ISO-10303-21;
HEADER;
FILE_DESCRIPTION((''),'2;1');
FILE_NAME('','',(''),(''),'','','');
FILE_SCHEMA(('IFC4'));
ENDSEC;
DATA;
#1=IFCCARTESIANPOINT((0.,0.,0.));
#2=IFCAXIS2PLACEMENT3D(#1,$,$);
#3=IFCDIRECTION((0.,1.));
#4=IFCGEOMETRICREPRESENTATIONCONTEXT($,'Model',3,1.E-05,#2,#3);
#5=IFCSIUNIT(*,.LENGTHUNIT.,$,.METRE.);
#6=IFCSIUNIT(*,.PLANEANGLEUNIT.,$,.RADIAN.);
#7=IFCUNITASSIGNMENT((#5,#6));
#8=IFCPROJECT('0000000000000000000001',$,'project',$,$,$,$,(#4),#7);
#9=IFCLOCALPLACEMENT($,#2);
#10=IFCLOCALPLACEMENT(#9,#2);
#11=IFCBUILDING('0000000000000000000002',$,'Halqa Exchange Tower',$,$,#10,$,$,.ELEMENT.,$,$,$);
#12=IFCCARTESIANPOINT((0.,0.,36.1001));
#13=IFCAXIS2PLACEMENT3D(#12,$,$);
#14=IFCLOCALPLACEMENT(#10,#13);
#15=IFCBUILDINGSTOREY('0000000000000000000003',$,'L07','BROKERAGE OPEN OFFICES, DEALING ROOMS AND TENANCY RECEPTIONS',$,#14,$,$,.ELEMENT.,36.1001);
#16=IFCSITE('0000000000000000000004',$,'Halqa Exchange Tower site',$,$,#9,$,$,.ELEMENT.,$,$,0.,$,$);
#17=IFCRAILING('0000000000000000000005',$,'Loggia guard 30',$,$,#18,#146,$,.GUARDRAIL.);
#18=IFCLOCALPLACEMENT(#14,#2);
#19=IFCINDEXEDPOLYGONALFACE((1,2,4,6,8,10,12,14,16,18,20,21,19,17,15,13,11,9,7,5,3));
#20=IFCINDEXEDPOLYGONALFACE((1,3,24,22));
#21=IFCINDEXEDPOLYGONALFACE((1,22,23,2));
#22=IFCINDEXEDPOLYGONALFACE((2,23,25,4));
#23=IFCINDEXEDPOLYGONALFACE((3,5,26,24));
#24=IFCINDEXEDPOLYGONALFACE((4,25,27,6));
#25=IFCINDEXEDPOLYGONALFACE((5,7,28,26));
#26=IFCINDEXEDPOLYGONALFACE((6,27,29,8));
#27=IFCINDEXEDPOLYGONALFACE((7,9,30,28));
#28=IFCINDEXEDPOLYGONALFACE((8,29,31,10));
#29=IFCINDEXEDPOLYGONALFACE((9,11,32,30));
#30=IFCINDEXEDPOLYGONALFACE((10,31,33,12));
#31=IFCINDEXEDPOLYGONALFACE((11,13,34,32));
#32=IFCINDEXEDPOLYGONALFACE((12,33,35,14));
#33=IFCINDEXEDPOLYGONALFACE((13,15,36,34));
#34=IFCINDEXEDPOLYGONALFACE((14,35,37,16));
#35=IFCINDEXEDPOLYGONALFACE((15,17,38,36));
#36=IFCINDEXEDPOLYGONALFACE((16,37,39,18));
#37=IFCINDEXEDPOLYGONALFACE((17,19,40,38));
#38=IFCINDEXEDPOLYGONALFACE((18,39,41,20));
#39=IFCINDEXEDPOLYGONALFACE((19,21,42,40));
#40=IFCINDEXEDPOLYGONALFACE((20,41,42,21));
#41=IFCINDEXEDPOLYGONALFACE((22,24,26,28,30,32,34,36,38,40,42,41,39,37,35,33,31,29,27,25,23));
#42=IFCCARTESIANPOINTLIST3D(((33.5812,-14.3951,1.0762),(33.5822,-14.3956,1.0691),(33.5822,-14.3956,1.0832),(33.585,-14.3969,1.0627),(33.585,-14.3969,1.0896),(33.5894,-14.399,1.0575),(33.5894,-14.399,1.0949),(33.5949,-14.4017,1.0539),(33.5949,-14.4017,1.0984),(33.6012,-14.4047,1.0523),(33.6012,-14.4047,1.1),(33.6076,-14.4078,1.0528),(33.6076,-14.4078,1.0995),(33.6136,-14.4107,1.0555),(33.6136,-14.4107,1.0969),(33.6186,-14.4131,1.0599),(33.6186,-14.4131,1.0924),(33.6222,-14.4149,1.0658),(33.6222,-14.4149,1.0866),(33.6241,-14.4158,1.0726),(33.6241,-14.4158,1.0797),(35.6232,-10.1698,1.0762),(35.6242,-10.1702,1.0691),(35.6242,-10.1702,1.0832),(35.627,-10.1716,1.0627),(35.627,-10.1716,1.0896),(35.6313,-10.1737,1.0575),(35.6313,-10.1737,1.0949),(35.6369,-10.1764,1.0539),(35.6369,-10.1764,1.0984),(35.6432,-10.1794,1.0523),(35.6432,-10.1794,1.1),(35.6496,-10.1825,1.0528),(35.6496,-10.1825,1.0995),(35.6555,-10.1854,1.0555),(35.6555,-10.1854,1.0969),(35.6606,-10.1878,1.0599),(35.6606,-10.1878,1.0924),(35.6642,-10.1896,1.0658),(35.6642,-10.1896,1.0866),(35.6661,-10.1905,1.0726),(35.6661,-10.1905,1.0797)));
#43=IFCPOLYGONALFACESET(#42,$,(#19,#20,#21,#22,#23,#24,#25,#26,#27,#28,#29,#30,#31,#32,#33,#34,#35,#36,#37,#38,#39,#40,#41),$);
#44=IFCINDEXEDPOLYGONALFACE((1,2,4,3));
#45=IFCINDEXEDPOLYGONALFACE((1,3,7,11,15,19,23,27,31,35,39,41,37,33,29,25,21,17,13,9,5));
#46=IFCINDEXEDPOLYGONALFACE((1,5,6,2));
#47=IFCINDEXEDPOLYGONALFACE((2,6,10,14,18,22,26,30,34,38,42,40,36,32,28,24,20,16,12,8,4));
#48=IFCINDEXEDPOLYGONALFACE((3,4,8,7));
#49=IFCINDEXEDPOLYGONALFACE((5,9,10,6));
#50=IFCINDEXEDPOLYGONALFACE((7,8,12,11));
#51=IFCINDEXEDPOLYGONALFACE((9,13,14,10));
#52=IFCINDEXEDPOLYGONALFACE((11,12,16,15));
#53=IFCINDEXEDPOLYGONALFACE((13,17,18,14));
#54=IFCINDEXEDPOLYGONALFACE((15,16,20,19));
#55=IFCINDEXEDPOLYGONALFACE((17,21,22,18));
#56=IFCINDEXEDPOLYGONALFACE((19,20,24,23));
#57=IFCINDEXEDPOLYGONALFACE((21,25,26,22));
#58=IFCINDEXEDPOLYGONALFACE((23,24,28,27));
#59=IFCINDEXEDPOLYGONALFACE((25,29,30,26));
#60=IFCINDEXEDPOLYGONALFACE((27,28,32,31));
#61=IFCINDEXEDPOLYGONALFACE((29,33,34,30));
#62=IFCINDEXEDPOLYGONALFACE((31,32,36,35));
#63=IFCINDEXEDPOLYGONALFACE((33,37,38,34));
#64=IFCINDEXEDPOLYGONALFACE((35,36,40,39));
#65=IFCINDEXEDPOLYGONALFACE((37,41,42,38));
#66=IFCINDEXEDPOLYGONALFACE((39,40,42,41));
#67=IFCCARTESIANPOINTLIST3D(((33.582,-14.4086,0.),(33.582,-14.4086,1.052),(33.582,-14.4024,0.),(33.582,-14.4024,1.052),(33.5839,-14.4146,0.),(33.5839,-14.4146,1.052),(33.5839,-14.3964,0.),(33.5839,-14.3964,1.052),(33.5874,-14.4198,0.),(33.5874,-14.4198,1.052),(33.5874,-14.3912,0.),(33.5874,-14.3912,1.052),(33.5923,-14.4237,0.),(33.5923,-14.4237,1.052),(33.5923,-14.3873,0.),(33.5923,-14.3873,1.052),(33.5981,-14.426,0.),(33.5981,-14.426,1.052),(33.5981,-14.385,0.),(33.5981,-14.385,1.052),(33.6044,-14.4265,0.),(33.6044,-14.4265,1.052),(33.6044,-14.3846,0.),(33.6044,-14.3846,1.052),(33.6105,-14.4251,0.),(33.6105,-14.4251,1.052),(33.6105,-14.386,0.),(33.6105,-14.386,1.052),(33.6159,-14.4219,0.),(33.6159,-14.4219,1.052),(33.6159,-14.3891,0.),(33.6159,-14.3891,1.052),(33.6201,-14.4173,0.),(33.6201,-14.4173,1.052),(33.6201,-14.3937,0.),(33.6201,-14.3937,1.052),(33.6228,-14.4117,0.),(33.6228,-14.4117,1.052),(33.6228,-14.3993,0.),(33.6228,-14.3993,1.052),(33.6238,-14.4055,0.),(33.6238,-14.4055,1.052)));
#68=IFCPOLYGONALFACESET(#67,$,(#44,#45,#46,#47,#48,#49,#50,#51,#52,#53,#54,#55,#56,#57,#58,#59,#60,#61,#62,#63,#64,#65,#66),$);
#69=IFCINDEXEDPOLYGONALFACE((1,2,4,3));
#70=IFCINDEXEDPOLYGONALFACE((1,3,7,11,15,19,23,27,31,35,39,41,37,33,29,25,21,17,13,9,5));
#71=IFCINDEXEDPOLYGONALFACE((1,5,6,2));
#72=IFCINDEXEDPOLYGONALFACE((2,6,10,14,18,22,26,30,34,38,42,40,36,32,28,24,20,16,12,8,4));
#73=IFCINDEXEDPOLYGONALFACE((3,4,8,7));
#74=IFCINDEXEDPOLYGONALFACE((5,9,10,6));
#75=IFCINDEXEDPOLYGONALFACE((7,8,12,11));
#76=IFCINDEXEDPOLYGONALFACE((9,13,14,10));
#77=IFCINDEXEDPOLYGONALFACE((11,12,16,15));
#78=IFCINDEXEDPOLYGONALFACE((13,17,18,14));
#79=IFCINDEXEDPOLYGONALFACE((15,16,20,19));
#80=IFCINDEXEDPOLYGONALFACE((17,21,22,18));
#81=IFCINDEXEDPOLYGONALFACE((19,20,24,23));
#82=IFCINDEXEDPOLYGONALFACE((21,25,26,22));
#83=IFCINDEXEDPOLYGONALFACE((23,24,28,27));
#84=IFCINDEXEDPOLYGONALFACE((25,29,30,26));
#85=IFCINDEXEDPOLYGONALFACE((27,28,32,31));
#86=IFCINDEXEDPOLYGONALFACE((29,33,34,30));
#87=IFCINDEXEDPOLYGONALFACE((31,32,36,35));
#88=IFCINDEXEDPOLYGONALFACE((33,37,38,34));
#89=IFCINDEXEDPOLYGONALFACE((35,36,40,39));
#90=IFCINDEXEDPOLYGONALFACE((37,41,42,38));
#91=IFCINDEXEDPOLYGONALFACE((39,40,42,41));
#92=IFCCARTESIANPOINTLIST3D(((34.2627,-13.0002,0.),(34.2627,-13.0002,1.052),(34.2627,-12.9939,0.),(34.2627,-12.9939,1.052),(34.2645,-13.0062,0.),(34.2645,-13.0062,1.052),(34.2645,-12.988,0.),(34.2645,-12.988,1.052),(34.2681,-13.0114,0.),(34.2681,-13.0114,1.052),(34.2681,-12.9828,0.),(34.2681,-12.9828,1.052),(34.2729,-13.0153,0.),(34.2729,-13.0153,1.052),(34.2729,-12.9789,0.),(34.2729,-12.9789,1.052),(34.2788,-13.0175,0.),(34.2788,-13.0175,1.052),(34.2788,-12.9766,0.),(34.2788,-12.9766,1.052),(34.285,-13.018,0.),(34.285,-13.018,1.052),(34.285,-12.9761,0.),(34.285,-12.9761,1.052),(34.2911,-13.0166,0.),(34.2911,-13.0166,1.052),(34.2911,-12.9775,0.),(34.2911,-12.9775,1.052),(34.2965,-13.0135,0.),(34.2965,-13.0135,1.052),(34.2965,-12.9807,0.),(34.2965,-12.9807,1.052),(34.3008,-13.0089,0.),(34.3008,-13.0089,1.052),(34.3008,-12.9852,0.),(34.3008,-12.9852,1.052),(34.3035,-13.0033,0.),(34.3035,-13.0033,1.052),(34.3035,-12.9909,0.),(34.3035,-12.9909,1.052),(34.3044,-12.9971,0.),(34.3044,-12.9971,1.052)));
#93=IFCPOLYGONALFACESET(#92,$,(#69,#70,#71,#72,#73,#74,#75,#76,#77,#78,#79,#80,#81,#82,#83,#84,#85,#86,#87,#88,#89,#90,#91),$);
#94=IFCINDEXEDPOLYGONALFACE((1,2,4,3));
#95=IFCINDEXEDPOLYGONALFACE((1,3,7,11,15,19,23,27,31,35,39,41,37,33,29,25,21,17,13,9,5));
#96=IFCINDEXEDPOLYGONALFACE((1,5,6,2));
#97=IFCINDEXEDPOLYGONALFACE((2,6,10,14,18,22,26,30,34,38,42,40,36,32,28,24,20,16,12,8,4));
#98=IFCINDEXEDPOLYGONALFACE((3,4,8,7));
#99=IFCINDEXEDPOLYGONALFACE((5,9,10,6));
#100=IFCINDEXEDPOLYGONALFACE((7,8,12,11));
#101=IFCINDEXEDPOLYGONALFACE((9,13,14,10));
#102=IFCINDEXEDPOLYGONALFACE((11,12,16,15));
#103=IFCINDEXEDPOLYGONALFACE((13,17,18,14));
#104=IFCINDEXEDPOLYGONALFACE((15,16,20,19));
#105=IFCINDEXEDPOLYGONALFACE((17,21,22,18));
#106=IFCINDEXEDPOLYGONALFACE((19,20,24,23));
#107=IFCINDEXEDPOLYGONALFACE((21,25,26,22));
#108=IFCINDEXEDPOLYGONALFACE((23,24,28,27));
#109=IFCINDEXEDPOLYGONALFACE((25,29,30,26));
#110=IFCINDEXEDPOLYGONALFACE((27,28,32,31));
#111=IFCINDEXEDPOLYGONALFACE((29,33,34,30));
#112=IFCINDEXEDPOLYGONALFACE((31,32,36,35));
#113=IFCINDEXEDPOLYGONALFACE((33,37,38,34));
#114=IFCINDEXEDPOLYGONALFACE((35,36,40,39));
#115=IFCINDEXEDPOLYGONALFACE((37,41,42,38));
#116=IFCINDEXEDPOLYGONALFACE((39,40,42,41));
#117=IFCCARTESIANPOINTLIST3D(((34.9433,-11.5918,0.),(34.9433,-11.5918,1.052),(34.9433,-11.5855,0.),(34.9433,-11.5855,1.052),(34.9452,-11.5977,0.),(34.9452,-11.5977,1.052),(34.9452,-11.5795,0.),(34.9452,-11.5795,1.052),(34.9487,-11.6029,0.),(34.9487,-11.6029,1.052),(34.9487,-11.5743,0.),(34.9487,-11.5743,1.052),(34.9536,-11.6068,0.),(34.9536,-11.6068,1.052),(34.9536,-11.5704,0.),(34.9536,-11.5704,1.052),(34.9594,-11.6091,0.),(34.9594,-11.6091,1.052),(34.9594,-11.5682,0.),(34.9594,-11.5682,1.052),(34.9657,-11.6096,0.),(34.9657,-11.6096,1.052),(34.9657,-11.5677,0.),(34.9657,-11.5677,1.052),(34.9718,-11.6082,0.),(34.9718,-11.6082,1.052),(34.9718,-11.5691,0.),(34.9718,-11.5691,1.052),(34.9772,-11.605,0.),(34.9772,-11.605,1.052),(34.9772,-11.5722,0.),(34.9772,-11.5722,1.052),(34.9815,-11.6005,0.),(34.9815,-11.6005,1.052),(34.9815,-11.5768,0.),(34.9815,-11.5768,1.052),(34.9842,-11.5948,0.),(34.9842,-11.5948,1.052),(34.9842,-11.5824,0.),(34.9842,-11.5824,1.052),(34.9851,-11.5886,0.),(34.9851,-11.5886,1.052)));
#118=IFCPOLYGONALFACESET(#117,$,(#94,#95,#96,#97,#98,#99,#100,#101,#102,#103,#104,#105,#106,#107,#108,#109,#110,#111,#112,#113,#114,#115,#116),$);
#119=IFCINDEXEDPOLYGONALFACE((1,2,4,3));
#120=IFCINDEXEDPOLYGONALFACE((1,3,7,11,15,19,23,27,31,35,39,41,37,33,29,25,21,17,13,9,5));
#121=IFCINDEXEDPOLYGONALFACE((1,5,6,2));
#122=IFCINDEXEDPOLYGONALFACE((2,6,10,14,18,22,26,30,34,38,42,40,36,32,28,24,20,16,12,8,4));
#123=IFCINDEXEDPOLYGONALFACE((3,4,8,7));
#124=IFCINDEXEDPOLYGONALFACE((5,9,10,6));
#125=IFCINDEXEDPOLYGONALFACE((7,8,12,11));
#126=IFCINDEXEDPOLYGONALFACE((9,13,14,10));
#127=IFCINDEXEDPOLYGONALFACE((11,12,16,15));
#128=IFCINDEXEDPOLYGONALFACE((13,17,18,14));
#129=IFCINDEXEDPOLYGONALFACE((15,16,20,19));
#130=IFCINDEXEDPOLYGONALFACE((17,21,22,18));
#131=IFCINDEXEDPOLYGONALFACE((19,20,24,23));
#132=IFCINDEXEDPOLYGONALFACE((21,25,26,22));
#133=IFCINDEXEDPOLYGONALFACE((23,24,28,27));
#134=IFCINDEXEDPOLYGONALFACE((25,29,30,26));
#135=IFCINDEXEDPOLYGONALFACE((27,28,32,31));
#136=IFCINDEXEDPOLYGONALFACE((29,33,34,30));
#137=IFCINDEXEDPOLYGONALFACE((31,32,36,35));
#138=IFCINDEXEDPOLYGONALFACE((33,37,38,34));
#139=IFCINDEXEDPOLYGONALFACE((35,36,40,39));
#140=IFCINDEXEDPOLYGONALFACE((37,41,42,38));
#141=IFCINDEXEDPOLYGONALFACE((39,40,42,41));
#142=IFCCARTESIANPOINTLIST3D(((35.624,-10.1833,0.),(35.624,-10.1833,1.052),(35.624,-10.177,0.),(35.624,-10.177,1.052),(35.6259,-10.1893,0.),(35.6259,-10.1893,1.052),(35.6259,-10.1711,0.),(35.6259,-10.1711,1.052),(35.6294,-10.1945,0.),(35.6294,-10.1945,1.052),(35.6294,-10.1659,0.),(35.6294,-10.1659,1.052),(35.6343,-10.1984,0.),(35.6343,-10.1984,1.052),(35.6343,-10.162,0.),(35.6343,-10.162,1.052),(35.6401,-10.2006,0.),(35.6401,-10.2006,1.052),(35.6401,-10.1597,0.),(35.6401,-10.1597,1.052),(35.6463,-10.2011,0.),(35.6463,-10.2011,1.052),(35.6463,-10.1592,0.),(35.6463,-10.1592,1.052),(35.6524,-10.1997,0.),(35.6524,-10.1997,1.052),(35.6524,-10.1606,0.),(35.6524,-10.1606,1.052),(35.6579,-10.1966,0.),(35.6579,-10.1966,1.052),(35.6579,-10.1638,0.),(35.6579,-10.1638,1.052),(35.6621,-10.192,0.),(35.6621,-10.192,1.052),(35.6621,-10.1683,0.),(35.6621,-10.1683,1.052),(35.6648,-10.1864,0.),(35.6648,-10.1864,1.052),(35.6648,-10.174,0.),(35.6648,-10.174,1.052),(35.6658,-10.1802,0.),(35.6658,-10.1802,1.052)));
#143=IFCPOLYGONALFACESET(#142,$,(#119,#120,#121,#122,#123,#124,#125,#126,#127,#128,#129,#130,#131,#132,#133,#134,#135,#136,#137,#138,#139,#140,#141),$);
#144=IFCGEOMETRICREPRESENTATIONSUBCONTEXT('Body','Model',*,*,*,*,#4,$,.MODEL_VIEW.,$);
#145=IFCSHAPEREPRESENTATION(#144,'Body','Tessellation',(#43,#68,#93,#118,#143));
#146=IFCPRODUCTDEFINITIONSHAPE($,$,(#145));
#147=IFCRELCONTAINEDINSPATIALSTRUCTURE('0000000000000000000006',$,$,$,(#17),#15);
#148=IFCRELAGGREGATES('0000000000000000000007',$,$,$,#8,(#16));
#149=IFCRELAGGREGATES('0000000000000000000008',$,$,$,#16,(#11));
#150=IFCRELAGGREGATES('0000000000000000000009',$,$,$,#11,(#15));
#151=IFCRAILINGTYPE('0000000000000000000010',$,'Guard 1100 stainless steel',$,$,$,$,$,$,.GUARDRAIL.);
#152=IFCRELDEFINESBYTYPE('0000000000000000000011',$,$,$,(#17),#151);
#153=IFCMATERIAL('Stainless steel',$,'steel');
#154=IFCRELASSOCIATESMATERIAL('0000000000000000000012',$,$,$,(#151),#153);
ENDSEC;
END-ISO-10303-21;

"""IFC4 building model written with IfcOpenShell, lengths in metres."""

from ifc_helpers import new_model, si_unit, direction, frame, origin, origin_2d, place, context, subcontext, project, spatial, circle, extrude, material, type_object, element, save


model = new_model("IFC4")

# Units and contexts
model_context = context("Model", 3, precision=1e-05, world=origin(), true_north=direction((0.0, 1.0)))
body_context = subcontext(model_context, "Body", "Model", "MODEL_VIEW")
ifc_project = project(units=[si_unit("LENGTHUNIT", "METRE"), si_unit("PLANEANGLEUNIT", "RADIAN")], contexts=[model_context])

# Site, building, storey
site_placement = place(None, origin())
site = spatial("IfcSite", under=ifc_project, at=site_placement, Name="Halqa Exchange Tower site", CompositionType="ELEMENT", RefElevation=0.0)
building_placement = place(site_placement, origin())
building = spatial("IfcBuilding", under=site, at=building_placement, Name="Halqa Exchange Tower", CompositionType="ELEMENT")
storey_placement = place(building_placement, frame((0.0, 0.0, 36.1001)))
storey = spatial("IfcBuildingStorey", under=building, at=storey_placement, Name="L07", Description="BROKERAGE OPEN OFFICES, DEALING ROOMS AND TENANCY RECEPTIONS", CompositionType="ELEMENT", Elevation=36.1001)

# Railing
ifc_material_1 = material(Name="Stainless steel", Category="steel")
railing_type = type_object("IfcRailingType", Name="Guard 1100 stainless steel", PredefinedType="GUARDRAIL", material=ifc_material_1)
railing_1_placement = place(storey_placement, frame((33.6028, -14.4055, 0.0)))
element("IfcRailing", 1, at=railing_1_placement, inside=storey, type_object=railing_type, Name="Loggia guard 30", PredefinedType="GUARDRAIL", context=body_context, shape_type="SweptSolid", body=[
    extrude(circle(Radius=0.0239, at=origin_2d()), frame((0.0, 0.0, 1.0762), z_axis=(0.435124, 0.90037, 0.0), x_axis=(-0.90037, 0.435124, 0.0)), (0.0, 0.0, 1.0), 4.6929),
    extrude(circle(Radius=0.021, at=origin_2d()), origin(), (0.0, 0.0, 1.0), 1.052),
    extrude(circle(Radius=0.021, at=origin_2d()), frame((0.6807, 1.4084, 0.0)), (0.0, 0.0, 1.0), 1.052),
    extrude(circle(Radius=0.021, at=origin_2d()), frame((1.3613, 2.8169, 0.0)), (0.0, 0.0, 1.0), 1.052),
    extrude(circle(Radius=0.021, at=origin_2d()), frame((2.042, 4.2253, 0.0)), (0.0, 0.0, 1.0), 1.052),
])

save(model, "model.ifc")
